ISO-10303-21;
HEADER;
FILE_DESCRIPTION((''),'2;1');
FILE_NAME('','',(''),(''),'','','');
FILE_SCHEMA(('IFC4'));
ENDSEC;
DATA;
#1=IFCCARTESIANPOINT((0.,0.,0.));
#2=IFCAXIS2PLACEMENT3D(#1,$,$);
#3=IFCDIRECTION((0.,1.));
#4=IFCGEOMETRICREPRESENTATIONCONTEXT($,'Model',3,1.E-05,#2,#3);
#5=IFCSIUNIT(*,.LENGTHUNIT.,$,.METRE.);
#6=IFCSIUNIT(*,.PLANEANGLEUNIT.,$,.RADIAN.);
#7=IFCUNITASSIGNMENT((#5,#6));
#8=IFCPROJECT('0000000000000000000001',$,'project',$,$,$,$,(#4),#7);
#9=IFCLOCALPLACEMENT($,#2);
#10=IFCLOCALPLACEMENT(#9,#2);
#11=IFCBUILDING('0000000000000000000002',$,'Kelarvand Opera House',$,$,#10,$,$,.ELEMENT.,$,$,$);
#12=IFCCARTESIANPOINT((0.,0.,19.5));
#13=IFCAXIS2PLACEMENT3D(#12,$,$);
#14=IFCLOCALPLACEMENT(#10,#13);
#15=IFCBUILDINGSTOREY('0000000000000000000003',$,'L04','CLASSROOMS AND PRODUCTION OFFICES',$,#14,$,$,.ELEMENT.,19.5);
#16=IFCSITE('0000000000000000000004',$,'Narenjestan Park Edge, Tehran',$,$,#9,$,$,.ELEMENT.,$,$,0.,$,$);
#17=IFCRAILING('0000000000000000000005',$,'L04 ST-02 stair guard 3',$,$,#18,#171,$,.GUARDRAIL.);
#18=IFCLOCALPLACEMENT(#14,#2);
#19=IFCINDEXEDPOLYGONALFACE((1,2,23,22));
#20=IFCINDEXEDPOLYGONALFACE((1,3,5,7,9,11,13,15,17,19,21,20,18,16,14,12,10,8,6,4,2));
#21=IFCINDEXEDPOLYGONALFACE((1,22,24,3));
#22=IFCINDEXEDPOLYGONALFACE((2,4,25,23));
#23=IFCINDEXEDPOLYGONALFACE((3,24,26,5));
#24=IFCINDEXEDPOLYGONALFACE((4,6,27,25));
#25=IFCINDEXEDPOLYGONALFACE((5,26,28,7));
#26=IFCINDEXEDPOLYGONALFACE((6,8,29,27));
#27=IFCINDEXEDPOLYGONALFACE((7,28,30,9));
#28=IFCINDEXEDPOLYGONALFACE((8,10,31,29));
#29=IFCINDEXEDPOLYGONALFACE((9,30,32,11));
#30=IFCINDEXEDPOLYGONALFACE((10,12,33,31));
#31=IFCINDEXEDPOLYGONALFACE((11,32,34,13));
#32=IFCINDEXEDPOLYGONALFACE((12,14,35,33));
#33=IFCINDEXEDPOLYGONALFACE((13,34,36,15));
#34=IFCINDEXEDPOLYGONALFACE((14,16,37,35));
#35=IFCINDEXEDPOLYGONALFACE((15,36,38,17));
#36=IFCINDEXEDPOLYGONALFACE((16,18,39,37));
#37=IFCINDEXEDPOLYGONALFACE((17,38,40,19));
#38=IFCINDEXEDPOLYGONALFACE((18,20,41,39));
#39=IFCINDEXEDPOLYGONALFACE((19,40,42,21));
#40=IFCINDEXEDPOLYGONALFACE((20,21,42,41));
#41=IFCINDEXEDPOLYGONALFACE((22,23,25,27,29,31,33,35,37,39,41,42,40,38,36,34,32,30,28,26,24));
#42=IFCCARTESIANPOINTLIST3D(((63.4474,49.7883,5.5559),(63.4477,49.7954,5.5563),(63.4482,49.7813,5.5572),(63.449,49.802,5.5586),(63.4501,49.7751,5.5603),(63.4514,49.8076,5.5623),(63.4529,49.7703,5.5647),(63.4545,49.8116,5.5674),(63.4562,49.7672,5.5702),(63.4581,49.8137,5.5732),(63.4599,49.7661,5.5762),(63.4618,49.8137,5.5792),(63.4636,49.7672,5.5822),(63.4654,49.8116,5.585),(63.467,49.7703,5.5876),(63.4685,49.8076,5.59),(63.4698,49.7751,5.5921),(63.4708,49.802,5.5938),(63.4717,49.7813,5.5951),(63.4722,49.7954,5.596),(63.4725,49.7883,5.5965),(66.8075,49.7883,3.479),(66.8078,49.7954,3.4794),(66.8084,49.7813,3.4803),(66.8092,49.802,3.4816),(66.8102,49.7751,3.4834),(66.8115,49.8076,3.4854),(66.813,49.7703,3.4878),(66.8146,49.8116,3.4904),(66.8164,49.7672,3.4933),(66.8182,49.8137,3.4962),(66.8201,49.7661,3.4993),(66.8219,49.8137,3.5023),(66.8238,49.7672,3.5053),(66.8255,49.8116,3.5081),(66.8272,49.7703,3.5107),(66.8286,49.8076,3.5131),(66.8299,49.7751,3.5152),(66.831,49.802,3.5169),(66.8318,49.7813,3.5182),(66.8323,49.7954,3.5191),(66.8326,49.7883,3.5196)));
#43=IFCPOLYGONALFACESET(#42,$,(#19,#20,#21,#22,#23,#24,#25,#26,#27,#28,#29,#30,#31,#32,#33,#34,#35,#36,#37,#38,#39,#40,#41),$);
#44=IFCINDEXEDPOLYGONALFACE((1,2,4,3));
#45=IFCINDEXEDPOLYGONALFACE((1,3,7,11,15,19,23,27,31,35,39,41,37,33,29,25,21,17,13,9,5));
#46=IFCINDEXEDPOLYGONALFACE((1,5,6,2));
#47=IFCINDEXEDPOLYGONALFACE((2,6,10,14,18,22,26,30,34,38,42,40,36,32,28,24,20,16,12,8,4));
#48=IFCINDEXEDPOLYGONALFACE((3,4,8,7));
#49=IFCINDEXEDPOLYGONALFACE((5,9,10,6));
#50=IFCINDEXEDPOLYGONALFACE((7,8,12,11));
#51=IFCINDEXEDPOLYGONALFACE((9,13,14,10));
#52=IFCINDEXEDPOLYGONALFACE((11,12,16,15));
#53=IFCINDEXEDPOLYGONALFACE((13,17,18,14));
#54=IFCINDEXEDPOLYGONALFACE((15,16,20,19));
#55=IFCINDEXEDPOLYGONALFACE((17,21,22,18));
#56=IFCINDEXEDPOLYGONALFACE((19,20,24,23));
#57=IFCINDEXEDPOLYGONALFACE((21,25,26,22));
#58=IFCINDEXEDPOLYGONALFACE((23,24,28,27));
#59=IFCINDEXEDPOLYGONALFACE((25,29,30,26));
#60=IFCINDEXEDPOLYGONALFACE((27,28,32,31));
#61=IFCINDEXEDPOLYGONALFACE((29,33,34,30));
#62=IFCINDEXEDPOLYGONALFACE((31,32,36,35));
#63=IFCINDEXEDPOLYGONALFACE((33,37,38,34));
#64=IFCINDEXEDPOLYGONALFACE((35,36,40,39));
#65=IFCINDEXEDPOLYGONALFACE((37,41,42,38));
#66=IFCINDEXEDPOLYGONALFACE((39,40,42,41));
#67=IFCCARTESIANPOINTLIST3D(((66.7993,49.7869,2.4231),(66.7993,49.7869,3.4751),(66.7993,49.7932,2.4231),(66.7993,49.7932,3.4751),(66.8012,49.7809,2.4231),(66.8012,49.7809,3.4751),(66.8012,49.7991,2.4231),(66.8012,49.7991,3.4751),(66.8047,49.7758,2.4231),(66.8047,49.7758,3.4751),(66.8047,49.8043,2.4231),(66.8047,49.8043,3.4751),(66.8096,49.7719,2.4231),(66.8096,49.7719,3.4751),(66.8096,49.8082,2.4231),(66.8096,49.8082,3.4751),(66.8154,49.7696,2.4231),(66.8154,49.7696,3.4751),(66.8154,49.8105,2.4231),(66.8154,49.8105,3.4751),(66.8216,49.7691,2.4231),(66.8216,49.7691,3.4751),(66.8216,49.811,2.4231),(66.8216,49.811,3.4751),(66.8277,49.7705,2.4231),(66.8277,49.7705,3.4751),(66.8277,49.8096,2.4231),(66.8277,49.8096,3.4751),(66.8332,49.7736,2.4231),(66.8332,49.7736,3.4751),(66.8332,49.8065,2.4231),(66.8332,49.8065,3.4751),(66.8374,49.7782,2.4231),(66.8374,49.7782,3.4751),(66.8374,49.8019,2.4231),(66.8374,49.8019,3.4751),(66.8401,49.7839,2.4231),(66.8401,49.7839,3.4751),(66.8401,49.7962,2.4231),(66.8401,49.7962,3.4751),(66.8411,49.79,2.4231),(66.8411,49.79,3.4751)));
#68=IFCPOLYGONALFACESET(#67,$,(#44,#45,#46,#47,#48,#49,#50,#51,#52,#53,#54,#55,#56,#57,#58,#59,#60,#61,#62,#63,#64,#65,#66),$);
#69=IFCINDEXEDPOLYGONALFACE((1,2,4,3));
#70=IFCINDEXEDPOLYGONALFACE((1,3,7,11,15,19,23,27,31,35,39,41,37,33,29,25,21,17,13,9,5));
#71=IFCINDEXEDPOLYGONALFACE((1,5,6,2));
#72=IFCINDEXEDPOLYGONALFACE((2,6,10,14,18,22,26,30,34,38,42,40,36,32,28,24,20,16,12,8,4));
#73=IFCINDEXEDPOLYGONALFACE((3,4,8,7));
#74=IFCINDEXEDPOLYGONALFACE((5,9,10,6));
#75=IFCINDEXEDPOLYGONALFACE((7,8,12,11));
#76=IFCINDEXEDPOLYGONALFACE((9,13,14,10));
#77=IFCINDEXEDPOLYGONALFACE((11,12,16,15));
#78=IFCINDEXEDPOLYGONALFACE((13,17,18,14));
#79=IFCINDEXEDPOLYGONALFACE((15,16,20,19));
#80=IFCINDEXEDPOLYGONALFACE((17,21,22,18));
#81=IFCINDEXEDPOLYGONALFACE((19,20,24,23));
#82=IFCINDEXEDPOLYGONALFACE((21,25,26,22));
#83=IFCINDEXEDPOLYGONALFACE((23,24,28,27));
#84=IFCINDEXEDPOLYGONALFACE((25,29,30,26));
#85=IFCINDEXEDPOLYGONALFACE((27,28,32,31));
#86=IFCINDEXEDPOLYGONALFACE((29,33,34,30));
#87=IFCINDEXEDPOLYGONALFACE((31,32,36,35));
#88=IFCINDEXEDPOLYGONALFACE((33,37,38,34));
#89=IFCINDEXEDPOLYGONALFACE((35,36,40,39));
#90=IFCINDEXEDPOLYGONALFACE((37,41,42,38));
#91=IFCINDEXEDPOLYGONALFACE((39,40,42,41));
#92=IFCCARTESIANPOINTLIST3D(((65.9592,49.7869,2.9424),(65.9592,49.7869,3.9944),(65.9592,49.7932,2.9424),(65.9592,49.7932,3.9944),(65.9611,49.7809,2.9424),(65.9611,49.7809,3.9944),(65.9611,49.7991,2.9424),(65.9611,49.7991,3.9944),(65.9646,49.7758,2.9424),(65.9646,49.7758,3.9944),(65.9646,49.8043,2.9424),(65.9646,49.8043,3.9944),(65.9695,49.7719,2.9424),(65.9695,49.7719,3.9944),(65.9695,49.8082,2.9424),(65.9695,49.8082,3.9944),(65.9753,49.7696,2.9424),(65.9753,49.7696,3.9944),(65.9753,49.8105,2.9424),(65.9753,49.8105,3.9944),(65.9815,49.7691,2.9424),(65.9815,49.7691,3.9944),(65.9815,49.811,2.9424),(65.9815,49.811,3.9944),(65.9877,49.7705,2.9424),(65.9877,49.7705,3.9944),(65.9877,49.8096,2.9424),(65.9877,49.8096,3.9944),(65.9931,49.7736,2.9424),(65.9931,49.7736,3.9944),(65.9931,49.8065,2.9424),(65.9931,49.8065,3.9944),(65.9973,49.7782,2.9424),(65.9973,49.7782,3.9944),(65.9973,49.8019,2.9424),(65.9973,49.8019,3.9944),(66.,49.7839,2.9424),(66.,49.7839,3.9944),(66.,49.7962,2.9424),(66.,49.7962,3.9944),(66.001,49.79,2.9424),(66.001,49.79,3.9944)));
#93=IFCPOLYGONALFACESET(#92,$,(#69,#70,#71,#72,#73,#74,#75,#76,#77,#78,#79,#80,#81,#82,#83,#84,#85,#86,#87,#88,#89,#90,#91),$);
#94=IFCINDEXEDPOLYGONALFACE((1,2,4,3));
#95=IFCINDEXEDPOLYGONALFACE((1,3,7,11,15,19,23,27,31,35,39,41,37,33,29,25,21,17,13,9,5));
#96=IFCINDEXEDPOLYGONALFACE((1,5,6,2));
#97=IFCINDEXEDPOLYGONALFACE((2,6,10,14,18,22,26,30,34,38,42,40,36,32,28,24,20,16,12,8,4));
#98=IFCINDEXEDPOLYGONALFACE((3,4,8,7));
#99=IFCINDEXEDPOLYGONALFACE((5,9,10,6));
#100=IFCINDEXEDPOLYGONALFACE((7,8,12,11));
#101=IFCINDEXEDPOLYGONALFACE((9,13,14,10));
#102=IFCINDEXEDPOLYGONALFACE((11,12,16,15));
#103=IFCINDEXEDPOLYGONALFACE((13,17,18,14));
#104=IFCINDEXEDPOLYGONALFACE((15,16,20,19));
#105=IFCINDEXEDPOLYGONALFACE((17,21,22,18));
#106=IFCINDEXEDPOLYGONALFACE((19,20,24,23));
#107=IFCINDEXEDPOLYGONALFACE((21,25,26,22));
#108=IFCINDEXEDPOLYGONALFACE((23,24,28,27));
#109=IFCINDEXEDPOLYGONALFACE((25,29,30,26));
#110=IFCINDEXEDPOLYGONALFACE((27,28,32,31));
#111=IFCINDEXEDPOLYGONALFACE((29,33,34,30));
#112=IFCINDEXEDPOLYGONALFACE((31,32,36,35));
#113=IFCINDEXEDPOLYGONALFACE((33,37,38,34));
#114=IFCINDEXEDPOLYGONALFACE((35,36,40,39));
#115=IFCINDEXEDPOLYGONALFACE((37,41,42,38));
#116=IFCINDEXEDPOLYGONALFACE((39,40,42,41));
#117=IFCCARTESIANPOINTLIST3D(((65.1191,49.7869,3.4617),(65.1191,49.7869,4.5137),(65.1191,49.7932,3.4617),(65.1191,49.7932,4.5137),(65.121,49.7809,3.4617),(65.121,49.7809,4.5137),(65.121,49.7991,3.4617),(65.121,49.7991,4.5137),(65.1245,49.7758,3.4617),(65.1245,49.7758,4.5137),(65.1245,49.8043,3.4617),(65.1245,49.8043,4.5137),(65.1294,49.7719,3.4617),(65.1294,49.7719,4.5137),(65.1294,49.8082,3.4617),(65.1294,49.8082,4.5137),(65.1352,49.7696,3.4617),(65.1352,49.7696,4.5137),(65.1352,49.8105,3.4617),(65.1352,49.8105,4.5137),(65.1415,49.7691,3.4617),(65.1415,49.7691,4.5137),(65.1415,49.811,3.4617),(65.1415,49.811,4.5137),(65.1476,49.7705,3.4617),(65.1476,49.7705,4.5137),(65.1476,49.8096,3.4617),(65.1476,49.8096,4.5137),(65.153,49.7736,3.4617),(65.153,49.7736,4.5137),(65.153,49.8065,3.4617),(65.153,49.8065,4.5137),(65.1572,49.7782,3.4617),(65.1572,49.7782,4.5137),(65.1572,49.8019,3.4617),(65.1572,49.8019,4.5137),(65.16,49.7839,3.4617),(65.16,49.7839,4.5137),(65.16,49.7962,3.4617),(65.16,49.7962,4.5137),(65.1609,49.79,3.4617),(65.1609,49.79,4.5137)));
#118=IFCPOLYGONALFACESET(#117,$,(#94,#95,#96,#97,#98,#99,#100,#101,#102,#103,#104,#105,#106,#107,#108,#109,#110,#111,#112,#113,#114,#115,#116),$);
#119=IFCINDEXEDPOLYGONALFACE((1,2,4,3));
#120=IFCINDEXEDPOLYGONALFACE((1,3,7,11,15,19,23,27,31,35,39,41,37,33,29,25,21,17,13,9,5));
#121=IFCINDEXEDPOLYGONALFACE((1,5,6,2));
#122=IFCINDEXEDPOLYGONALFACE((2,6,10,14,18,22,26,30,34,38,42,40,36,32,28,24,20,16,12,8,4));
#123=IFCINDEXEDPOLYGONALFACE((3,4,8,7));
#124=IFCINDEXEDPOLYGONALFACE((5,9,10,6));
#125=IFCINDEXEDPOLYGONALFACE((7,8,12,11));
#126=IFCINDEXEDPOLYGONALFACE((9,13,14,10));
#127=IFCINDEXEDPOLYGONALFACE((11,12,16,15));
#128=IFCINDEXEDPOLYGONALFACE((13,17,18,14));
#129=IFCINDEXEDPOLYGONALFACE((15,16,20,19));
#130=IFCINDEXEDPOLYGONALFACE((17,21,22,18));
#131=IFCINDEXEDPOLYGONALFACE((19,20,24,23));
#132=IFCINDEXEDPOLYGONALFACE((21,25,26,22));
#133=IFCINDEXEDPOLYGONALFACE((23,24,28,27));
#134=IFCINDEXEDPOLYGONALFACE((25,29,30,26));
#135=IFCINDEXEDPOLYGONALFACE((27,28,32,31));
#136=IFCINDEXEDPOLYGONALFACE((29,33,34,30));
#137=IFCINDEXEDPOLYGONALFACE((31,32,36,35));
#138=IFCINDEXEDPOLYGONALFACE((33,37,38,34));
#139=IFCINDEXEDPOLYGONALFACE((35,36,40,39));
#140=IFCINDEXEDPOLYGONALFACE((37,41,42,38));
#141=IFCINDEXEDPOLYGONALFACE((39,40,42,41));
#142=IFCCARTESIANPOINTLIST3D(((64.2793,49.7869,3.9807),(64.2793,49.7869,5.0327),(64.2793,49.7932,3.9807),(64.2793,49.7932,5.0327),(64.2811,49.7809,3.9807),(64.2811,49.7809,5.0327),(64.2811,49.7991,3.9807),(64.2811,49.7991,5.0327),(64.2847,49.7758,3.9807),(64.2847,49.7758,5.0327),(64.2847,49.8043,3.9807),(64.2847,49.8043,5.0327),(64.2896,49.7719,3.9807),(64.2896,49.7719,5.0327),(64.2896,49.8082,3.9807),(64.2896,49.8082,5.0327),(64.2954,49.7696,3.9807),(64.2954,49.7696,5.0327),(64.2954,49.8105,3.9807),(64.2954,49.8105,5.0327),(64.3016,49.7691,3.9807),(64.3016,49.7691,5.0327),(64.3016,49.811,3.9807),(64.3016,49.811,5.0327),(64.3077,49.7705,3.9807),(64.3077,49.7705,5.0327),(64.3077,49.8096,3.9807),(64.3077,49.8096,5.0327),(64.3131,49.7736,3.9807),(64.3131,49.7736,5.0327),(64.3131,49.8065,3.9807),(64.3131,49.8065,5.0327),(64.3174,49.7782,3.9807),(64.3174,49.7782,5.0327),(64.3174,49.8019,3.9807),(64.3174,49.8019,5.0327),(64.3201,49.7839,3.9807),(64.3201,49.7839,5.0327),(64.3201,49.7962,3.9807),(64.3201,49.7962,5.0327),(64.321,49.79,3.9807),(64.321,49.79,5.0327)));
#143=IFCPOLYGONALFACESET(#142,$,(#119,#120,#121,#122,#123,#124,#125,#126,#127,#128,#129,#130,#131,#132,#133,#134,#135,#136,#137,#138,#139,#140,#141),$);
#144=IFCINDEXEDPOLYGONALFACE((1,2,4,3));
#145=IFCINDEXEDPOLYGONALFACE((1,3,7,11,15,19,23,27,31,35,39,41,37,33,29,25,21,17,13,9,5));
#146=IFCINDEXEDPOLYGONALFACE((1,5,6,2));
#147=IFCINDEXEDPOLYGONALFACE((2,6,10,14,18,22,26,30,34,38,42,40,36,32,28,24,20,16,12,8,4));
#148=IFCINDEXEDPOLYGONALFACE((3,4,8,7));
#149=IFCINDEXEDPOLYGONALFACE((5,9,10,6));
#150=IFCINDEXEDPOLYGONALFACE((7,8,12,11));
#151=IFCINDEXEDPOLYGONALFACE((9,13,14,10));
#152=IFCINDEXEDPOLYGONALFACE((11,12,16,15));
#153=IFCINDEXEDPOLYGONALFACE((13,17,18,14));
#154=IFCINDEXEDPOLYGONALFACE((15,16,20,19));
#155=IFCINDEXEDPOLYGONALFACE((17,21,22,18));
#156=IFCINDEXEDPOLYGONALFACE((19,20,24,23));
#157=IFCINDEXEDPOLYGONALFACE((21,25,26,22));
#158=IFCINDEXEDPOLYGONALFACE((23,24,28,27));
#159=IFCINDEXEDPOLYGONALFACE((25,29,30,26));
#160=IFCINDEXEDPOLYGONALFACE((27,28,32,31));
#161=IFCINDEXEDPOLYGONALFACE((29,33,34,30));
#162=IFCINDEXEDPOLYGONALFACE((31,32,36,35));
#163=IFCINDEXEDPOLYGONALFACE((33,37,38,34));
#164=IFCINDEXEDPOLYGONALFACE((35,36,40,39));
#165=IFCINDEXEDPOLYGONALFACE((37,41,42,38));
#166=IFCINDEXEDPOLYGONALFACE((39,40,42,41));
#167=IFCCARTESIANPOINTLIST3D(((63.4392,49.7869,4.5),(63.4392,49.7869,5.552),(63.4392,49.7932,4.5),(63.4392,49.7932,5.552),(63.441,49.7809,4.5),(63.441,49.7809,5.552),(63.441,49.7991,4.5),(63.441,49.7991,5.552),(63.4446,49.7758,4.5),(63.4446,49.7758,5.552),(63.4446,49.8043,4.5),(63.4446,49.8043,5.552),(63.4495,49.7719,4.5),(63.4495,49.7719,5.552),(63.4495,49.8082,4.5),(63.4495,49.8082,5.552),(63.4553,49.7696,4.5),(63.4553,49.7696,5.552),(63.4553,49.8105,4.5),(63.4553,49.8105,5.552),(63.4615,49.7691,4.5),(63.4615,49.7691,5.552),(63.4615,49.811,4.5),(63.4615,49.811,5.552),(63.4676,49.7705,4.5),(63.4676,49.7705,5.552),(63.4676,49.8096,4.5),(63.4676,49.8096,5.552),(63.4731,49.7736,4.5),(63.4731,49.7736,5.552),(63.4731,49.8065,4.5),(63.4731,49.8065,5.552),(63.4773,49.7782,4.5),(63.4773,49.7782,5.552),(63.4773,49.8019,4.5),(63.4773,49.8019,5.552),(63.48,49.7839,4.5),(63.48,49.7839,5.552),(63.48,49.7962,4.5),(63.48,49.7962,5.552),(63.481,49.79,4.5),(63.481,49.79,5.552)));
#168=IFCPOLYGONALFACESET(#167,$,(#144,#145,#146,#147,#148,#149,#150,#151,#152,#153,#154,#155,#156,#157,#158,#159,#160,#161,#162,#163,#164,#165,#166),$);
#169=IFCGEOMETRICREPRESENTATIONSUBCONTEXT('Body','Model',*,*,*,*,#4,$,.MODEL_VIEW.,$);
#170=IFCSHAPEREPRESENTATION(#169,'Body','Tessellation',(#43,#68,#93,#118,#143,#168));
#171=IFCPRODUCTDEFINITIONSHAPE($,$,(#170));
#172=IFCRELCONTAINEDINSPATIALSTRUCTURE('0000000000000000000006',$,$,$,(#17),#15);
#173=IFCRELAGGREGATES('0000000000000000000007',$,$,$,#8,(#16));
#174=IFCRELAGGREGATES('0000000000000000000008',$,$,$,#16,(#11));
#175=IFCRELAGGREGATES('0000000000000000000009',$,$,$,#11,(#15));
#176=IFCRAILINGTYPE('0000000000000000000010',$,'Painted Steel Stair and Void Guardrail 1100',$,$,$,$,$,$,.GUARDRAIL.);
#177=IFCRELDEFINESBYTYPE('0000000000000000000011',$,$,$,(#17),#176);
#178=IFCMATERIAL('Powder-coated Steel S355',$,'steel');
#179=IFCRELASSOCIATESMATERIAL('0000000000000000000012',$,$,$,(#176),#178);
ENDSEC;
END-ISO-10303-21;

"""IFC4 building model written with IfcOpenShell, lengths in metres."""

from ifc_helpers import new_model, si_unit, direction, frame, origin, origin_2d, place, context, subcontext, project, spatial, circle, extrude, material, type_object, element, save


model = new_model("IFC4")

# Units and contexts
model_context = context("Model", 3, precision=1e-05, world=origin(), true_north=direction((0.0, 1.0)))
body_context = subcontext(model_context, "Body", "Model", "MODEL_VIEW")
ifc_project = project(units=[si_unit("LENGTHUNIT", "METRE"), si_unit("PLANEANGLEUNIT", "RADIAN")], contexts=[model_context])

# Site, building, storey
site_placement = place(None, origin())
site = spatial("IfcSite", under=ifc_project, at=site_placement, Name="Narenjestan Park Edge, Tehran", CompositionType="ELEMENT", RefElevation=0.0)
building_placement = place(site_placement, origin())
building = spatial("IfcBuilding", under=site, at=building_placement, Name="Kelarvand Opera House", CompositionType="ELEMENT")
storey_placement = place(building_placement, frame((0.0, 0.0, 19.5)))
storey = spatial("IfcBuildingStorey", under=building, at=storey_placement, Name="L04", Description="CLASSROOMS AND PRODUCTION OFFICES", CompositionType="ELEMENT", Elevation=19.5)

# Railing
ifc_material_1 = material(Name="Powder-coated Steel S355", Category="steel")
railing_type_1 = type_object("IfcRailingType", Name="Painted Steel Stair and Void Guardrail 1100", PredefinedType="GUARDRAIL", material=ifc_material_1)
railing_1_placement = place(storey_placement, frame((66.8201, 49.79, 2.4231)))
element("IfcRailing", 1, at=railing_1_placement, inside=storey, type_object=railing_type_1, Name="L04 ST-02 stair guard 3", PredefinedType="GUARDRAIL", context=body_context, shape_type="SweptSolid", body=[
    extrude(circle(Radius=0.0239, at=origin_2d()), frame((0.0, 0.0, 1.0762), z_axis=(-0.850623, 0.0, 0.525776), x_axis=(0.0, -1.0, 0.0)), (0.0, 0.0, 1.0), 3.9502),
    extrude(circle(Radius=0.021, at=origin_2d()), origin(), (0.0, 0.0, 1.0), 1.052),
    extrude(circle(Radius=0.021, at=origin_2d()), frame((-0.8401, 0.0, 0.5193)), (0.0, 0.0, 1.0), 1.052),
    extrude(circle(Radius=0.021, at=origin_2d()), frame((-1.6802, 0.0, 1.0386)), (0.0, 0.0, 1.0), 1.052),
    extrude(circle(Radius=0.021, at=origin_2d()), frame((-2.52, 0.0, 1.5576)), (0.0, 0.0, 1.0), 1.052),
    extrude(circle(Radius=0.021, at=origin_2d()), frame((-3.3601, 0.0, 2.0769)), (0.0, 0.0, 1.0), 1.052),
])

save(model, "model.ifc")
